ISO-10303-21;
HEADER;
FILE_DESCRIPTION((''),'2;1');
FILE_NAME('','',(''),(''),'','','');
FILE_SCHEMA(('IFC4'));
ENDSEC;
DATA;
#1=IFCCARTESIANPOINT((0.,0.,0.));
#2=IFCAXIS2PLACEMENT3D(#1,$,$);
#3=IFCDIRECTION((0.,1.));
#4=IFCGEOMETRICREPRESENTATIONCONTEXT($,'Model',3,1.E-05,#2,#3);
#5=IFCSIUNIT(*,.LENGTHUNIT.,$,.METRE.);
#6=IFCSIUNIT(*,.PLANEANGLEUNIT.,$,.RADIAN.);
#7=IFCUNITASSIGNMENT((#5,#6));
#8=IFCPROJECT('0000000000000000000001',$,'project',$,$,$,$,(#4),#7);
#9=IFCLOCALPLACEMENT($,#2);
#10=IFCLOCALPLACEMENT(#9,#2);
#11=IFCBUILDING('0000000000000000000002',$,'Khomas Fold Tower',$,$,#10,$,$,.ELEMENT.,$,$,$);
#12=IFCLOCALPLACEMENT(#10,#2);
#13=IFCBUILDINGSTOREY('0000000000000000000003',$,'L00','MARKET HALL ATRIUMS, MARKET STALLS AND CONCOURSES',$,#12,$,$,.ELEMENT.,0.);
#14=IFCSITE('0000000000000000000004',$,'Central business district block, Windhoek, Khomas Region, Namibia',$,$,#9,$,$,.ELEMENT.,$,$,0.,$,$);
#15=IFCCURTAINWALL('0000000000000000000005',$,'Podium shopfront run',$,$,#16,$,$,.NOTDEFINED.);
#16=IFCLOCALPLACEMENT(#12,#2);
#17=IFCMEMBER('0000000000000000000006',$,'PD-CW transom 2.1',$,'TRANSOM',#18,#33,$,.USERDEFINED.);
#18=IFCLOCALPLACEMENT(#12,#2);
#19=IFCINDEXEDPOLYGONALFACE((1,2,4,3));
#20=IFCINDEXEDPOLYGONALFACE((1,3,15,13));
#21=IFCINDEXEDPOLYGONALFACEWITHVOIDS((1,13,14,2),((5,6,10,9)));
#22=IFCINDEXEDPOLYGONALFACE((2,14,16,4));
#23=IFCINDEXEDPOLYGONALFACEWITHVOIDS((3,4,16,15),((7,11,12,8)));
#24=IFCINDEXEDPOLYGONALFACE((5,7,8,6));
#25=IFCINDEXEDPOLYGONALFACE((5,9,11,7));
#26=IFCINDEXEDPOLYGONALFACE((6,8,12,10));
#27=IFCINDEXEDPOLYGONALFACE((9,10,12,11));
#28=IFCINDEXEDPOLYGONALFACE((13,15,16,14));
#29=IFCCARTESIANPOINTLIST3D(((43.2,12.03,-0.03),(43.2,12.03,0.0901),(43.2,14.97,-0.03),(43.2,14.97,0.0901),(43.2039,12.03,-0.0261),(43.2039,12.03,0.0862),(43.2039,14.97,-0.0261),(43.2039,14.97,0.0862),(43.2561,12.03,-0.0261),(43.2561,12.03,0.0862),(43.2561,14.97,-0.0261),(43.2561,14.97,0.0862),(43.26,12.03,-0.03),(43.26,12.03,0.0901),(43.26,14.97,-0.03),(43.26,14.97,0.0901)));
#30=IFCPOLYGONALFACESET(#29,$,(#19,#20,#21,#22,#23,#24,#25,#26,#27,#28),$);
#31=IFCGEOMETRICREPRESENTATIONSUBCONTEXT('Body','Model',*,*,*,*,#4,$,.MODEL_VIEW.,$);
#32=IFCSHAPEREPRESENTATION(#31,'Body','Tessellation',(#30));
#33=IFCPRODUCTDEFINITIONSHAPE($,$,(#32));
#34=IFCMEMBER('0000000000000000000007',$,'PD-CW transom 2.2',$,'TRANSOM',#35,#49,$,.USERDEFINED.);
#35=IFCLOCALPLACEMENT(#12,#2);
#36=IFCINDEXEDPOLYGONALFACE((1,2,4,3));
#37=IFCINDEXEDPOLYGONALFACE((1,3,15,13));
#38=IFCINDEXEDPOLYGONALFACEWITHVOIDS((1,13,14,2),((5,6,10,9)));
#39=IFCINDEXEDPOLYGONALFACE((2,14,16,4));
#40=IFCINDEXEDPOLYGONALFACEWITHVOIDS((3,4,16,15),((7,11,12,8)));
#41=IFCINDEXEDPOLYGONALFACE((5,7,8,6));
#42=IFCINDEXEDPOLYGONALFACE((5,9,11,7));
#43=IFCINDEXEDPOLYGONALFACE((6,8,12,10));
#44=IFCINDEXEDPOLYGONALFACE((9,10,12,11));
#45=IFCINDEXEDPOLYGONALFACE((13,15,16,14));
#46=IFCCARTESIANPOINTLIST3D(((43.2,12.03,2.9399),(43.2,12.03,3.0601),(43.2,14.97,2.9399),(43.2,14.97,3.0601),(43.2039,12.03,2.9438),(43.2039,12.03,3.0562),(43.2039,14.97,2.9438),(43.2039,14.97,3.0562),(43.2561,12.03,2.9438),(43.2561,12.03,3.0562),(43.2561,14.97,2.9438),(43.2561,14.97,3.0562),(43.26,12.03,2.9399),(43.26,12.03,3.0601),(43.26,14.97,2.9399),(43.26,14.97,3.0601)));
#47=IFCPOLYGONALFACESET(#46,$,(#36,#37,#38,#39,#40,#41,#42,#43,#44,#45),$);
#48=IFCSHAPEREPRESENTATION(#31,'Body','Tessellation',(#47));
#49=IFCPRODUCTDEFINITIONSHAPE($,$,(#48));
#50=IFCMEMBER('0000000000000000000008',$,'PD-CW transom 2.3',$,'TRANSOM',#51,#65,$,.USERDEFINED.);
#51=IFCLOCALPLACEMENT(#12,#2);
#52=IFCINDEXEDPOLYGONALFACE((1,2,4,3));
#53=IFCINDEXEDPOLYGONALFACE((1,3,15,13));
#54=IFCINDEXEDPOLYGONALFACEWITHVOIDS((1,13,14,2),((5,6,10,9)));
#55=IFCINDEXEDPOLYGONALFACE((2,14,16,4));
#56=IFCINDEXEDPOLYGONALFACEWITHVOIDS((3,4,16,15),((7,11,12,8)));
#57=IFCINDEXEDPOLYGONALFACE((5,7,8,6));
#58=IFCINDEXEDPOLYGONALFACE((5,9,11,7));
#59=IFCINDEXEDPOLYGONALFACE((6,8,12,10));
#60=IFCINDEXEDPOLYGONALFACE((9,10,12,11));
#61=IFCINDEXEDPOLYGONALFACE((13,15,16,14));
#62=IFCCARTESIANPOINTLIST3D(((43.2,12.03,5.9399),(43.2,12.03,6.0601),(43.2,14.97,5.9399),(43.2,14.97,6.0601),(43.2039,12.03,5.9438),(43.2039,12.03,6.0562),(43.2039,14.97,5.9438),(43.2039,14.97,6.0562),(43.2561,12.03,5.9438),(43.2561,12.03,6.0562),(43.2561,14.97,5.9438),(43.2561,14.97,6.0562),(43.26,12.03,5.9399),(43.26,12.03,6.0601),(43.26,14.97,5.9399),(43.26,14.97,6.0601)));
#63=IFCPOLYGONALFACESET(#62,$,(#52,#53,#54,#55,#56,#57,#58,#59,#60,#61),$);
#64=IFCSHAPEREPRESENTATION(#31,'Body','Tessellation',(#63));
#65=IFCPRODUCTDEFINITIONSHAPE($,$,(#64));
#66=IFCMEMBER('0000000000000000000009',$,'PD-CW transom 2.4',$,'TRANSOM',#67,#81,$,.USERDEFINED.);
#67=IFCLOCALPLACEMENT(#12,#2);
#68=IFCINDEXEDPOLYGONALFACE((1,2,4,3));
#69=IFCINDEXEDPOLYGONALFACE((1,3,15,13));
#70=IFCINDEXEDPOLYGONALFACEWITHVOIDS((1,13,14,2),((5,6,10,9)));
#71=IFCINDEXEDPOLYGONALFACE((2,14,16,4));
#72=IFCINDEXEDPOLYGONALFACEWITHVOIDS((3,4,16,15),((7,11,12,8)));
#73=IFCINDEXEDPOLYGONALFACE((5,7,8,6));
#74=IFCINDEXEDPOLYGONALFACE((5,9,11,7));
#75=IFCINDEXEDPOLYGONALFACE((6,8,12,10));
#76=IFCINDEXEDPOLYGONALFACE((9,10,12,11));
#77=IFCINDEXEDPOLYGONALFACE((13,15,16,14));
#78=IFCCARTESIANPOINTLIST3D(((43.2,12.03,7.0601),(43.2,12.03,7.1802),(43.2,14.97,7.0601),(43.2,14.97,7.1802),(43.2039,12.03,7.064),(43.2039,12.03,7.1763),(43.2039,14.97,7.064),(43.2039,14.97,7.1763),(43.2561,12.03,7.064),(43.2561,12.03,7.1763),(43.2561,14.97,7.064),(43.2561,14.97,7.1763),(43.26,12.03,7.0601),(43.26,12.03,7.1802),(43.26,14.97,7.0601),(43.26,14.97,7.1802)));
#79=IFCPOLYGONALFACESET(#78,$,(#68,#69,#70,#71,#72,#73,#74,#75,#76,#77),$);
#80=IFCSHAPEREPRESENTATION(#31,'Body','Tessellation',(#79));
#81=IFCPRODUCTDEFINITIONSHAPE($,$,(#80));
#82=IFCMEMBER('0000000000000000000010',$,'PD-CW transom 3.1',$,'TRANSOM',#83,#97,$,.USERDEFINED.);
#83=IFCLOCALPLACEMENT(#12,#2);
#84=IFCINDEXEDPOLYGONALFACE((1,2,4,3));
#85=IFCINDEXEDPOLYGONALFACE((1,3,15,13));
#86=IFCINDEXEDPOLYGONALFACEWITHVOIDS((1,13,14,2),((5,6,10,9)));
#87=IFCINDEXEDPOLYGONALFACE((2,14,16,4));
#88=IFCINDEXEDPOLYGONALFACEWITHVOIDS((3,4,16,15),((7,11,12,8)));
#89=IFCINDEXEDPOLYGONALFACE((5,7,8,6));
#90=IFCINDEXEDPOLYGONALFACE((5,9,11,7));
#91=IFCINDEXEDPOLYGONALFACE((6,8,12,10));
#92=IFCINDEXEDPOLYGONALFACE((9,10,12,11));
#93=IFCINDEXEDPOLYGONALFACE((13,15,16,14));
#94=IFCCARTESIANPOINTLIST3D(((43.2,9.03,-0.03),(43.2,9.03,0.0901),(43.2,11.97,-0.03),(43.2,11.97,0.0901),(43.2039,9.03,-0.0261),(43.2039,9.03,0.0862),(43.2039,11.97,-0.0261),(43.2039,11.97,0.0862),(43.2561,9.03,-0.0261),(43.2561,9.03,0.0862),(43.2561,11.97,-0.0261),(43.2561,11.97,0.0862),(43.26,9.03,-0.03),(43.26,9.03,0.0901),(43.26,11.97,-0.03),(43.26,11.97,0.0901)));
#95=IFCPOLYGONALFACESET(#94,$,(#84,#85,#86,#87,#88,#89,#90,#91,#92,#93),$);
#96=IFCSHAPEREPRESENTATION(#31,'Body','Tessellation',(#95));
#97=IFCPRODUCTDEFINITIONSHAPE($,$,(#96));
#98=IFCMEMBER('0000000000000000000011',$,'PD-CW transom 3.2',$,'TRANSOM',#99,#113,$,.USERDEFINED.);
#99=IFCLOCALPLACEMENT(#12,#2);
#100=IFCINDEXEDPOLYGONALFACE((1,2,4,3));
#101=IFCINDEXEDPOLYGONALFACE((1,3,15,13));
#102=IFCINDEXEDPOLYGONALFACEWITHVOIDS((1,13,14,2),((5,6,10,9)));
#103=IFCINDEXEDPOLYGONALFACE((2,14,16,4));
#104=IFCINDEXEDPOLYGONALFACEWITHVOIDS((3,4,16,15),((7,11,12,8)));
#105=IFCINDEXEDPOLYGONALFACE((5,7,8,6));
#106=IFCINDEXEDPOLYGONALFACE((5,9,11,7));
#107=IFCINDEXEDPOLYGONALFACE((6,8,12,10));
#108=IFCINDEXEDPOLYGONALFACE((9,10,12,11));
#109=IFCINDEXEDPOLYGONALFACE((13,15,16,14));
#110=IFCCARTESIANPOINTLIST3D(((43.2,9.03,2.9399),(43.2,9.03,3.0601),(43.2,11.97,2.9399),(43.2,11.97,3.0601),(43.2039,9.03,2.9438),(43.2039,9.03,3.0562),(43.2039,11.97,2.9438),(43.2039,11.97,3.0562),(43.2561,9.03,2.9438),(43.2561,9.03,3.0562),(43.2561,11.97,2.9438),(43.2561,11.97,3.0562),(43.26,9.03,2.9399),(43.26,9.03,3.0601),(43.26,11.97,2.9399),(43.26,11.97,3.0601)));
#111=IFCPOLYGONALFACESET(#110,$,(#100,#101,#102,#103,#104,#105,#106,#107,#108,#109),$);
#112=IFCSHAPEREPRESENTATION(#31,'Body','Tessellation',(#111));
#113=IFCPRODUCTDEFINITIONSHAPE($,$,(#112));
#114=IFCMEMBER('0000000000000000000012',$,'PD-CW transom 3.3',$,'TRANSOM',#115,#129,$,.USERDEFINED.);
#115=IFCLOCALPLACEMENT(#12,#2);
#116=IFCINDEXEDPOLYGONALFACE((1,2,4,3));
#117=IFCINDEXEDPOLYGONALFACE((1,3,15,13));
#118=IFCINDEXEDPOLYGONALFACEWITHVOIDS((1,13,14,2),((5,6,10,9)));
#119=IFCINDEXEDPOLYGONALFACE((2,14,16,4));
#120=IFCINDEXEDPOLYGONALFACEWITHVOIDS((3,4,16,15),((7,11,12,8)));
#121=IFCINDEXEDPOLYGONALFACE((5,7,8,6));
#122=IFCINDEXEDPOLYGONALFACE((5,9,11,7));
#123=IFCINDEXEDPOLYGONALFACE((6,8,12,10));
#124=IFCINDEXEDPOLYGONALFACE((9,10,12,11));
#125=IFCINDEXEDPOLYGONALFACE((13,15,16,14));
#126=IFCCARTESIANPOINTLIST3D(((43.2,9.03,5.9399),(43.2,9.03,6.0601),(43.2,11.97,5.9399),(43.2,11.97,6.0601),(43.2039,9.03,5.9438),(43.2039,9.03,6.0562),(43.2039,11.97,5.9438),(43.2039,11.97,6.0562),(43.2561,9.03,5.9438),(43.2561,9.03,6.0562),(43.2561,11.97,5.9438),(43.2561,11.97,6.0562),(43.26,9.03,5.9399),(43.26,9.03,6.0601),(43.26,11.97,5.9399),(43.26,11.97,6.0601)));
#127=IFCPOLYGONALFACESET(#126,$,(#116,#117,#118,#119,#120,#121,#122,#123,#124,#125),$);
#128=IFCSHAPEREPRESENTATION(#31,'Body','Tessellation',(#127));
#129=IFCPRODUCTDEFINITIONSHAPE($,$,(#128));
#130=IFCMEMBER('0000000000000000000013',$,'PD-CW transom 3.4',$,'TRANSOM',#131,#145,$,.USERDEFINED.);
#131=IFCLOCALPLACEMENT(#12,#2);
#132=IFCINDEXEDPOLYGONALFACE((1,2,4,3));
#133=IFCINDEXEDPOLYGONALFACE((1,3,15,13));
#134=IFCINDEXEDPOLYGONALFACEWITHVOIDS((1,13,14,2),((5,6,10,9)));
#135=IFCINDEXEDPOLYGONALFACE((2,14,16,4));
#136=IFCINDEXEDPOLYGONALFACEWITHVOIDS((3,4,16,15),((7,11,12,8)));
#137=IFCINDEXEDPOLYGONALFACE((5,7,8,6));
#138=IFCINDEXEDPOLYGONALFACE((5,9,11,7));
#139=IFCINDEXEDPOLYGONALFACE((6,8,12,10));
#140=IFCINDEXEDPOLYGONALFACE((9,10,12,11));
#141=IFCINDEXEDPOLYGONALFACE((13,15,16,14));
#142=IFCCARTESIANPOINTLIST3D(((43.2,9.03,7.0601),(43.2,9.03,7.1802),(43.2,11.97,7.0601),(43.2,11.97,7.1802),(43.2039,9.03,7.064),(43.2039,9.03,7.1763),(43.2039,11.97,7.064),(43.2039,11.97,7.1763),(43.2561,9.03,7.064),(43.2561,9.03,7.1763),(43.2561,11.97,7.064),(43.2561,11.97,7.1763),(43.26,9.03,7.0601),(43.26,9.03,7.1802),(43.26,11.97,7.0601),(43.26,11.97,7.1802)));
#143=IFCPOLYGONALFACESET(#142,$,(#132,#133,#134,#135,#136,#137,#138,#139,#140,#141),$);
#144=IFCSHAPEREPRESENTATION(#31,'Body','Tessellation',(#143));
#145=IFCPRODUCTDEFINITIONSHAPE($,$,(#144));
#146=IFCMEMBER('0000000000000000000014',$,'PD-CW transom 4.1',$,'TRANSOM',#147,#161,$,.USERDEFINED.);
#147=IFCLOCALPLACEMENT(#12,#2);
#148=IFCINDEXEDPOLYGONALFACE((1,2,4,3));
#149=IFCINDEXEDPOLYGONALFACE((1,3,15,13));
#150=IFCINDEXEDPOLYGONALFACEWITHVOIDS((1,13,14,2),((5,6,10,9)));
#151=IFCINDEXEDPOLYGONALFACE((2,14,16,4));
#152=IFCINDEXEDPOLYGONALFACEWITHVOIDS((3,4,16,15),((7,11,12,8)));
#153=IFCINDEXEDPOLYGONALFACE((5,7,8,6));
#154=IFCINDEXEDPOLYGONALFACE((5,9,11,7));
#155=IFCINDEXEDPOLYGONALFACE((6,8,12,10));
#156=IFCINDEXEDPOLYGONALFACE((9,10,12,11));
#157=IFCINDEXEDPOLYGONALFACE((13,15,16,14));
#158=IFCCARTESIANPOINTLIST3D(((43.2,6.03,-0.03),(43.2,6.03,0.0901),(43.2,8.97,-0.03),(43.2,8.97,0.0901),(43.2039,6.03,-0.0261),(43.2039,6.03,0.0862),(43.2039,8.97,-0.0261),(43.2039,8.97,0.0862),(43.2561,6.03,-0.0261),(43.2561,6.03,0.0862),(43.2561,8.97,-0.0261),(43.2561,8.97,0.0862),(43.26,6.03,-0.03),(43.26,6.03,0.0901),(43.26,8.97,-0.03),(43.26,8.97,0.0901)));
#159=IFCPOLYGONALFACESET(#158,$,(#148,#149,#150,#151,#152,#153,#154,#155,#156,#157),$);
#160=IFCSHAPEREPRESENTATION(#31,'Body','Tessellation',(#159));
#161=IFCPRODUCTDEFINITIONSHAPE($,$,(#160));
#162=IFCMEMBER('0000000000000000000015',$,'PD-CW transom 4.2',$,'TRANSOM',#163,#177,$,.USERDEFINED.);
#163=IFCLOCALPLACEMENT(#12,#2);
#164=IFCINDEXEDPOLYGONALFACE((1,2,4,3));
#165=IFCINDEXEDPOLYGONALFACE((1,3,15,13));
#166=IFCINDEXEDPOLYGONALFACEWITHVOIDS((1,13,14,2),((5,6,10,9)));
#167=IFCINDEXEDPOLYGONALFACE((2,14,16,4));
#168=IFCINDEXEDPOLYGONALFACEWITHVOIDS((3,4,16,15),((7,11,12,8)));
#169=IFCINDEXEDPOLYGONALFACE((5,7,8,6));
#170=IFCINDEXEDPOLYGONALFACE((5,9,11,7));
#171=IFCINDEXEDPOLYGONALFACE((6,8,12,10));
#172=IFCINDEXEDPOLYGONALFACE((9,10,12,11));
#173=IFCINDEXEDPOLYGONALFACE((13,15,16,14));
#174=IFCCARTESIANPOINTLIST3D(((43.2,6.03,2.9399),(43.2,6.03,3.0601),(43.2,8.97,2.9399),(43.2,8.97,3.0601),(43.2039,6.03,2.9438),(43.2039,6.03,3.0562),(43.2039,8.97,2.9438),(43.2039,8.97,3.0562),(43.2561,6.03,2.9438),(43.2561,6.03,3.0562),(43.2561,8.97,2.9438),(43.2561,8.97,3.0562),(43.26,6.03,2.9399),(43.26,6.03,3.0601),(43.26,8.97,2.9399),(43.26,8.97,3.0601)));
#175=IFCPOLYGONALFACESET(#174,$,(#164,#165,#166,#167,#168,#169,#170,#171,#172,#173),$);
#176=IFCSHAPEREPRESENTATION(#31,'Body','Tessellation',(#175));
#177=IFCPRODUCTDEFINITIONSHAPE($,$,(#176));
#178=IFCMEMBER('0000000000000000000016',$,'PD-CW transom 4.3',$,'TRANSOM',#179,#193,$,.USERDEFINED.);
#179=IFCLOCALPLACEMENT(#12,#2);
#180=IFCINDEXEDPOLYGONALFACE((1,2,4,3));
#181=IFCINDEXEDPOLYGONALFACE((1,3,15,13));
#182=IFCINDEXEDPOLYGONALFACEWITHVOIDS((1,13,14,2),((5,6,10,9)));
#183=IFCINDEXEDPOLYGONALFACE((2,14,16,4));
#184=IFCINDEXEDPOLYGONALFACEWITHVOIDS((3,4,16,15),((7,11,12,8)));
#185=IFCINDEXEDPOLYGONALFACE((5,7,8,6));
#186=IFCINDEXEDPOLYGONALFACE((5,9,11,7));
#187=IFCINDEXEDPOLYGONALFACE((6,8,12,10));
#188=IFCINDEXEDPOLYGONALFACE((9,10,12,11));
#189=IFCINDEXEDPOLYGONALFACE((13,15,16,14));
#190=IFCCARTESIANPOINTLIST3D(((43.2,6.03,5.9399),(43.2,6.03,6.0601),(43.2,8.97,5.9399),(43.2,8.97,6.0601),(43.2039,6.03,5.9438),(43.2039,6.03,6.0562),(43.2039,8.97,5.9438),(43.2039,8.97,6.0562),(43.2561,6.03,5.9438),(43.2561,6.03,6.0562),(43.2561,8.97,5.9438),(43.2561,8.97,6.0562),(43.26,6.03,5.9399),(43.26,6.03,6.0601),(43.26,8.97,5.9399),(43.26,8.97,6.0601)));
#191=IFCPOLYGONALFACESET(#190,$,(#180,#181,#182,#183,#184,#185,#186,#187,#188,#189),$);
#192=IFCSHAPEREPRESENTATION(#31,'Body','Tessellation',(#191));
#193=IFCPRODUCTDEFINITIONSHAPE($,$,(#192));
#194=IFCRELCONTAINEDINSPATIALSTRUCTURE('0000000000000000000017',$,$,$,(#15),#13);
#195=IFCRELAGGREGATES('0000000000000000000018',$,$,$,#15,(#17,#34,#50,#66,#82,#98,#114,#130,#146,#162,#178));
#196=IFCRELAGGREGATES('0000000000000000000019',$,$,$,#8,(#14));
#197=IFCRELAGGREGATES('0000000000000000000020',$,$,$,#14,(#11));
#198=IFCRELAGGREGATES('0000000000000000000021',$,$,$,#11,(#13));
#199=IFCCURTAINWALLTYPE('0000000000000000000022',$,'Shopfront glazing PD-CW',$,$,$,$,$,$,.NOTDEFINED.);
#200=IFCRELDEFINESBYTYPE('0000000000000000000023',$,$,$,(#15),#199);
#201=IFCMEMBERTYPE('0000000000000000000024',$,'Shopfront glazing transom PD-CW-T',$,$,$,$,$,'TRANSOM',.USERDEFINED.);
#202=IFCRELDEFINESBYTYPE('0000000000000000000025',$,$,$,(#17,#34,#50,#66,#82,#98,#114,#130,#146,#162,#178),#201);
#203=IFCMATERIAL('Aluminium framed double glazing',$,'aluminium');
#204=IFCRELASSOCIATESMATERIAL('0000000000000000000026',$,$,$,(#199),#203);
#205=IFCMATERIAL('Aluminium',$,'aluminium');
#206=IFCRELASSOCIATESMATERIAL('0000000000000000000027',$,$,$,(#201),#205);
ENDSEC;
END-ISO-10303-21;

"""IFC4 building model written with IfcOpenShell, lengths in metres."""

from ifc_helpers import new_model, si_unit, direction, frame, origin, origin_2d, place, context, subcontext, project, spatial, hollow_rectangle, extrude, source, transform, mapped, material, material_profile, profile_set, type_object, element, aggregate, save


model = new_model("IFC4")

# Units and contexts
model_context = context("Model", 3, precision=1e-05, world=origin(), true_north=direction((0.0, 1.0)))
body_context = subcontext(model_context, "Body", "Model", "MODEL_VIEW")
ifc_project = project(units=[si_unit("LENGTHUNIT", "METRE"), si_unit("PLANEANGLEUNIT", "RADIAN")], contexts=[model_context])

# Site, building, storey
site_placement = place(None, origin())
site = spatial("IfcSite", under=ifc_project, at=site_placement, Name="Central business district block, Windhoek, Khomas Region, Namibia", CompositionType="ELEMENT", RefElevation=0.0)
building_placement = place(site_placement, origin())
building = spatial("IfcBuilding", under=site, at=building_placement, Name="Khomas Fold Tower", CompositionType="ELEMENT")
storey_placement = place(building_placement, origin())
storey = spatial("IfcBuildingStorey", under=building, at=storey_placement, Name="L00", Description="MARKET HALL ATRIUMS, MARKET STALLS AND CONCOURSES", CompositionType="ELEMENT", Elevation=0.0)

# Shared definitions
ifc_material_1 = material(Name="Aluminium framed double glazing", Category="aluminium")
curtain_wall_type = type_object("IfcCurtainWallType", Name="Shopfront glazing PD-CW", PredefinedType="NOTDEFINED", material=ifc_material_1)

# Curtain wall, members
curtain_wall_1_placement = place(storey_placement, origin())
curtain_wall_1 = element("IfcCurtainWall", 1, at=curtain_wall_1_placement, inside=storey, type_object=curtain_wall_type, Name="Podium shopfront run", PredefinedType="NOTDEFINED")
ifc_material_2 = material(Name="Aluminium", Category="aluminium")
ifc_material_profile_1 = material_profile(ifc_material_2, hollow_rectangle(XDim=0.0601, YDim=0.1201, WallThickness=0.0039, at=origin_2d()), Name="Shopfront glazing transom PD-CW-T")
ifc_profile_set_1 = profile_set([ifc_material_profile_1], Name="Aluminium")
member_type_1 = type_object("IfcMemberType", Name="Shopfront glazing transom PD-CW-T", ElementType="TRANSOM", PredefinedType="USERDEFINED", material=ifc_profile_set_1)
shared_shape_1 = source(origin(), body_context, "Body", "SweptSolid", [
    extrude(hollow_rectangle(XDim=0.0601, YDim=0.1201, WallThickness=0.0039, at=origin_2d()), origin(), (0.0, 0.0, 1.0), 2.9399),
])
member_1_placement = place(storey_placement, frame((43.23, 14.97, 0.03), z_axis=(0.0, -1.0, 0.0), x_axis=(1.0, 0.0, 0.0)))
member_1 = element("IfcMember", 2, at=member_1_placement, type_object=member_type_1, Name="PD-CW transom 2.1", ObjectType="TRANSOM", PredefinedType="USERDEFINED", context=body_context, shape_type="MappedRepresentation", body=[
    mapped(shared_shape_1, transform((0.0, 0.0, 0.0))),
])
member_2_placement = place(storey_placement, frame((43.23, 14.97, 3.0), z_axis=(0.0, -1.0, 0.0), x_axis=(1.0, 0.0, 0.0)))
member_2 = element("IfcMember", 3, at=member_2_placement, type_object=member_type_1, Name="PD-CW transom 2.2", ObjectType="TRANSOM", PredefinedType="USERDEFINED", context=body_context, shape_type="MappedRepresentation", body=[
    mapped(shared_shape_1, transform((0.0, 0.0, 0.0))),
])
member_3_placement = place(storey_placement, frame((43.23, 14.97, 6.0), z_axis=(0.0, -1.0, 0.0), x_axis=(1.0, 0.0, 0.0)))
member_3 = element("IfcMember", 4, at=member_3_placement, type_object=member_type_1, Name="PD-CW transom 2.3", ObjectType="TRANSOM", PredefinedType="USERDEFINED", context=body_context, shape_type="MappedRepresentation", body=[
    mapped(shared_shape_1, transform((0.0, 0.0, 0.0))),
])
member_4_placement = place(storey_placement, frame((43.23, 14.97, 7.1201), z_axis=(0.0, -1.0, 0.0), x_axis=(1.0, 0.0, 0.0)))
member_4 = element("IfcMember", 5, at=member_4_placement, type_object=member_type_1, Name="PD-CW transom 2.4", ObjectType="TRANSOM", PredefinedType="USERDEFINED", context=body_context, shape_type="MappedRepresentation", body=[
    mapped(shared_shape_1, transform((0.0, 0.0, 0.0))),
])
member_5_placement = place(storey_placement, frame((43.23, 11.97, 0.03), z_axis=(0.0, -1.0, 0.0), x_axis=(1.0, 0.0, 0.0)))
member_5 = element("IfcMember", 6, at=member_5_placement, type_object=member_type_1, Name="PD-CW transom 3.1", ObjectType="TRANSOM", PredefinedType="USERDEFINED", context=body_context, shape_type="MappedRepresentation", body=[
    mapped(shared_shape_1, transform((0.0, 0.0, 0.0))),
])
member_6_placement = place(storey_placement, frame((43.23, 11.97, 3.0), z_axis=(0.0, -1.0, 0.0), x_axis=(1.0, 0.0, 0.0)))
member_6 = element("IfcMember", 7, at=member_6_placement, type_object=member_type_1, Name="PD-CW transom 3.2", ObjectType="TRANSOM", PredefinedType="USERDEFINED", context=body_context, shape_type="MappedRepresentation", body=[
    mapped(shared_shape_1, transform((0.0, 0.0, 0.0))),
])
member_7_placement = place(storey_placement, frame((43.23, 11.97, 6.0), z_axis=(0.0, -1.0, 0.0), x_axis=(1.0, 0.0, 0.0)))
member_7 = element("IfcMember", 8, at=member_7_placement, type_object=member_type_1, Name="PD-CW transom 3.3", ObjectType="TRANSOM", PredefinedType="USERDEFINED", context=body_context, shape_type="MappedRepresentation", body=[
    mapped(shared_shape_1, transform((0.0, 0.0, 0.0))),
])
member_8_placement = place(storey_placement, frame((43.23, 11.97, 7.1201), z_axis=(0.0, -1.0, 0.0), x_axis=(1.0, 0.0, 0.0)))
member_8 = element("IfcMember", 9, at=member_8_placement, type_object=member_type_1, Name="PD-CW transom 3.4", ObjectType="TRANSOM", PredefinedType="USERDEFINED", context=body_context, shape_type="MappedRepresentation", body=[
    mapped(shared_shape_1, transform((0.0, 0.0, 0.0))),
])
member_9_placement = place(storey_placement, frame((43.23, 8.97, 0.03), z_axis=(0.0, -1.0, 0.0), x_axis=(1.0, 0.0, 0.0)))
member_9 = element("IfcMember", 10, at=member_9_placement, type_object=member_type_1, Name="PD-CW transom 4.1", ObjectType="TRANSOM", PredefinedType="USERDEFINED", context=body_context, shape_type="MappedRepresentation", body=[
    mapped(shared_shape_1, transform((0.0, 0.0, 0.0))),
])
member_10_placement = place(storey_placement, frame((43.23, 8.97, 3.0), z_axis=(0.0, -1.0, 0.0), x_axis=(1.0, 0.0, 0.0)))
member_10 = element("IfcMember", 11, at=member_10_placement, type_object=member_type_1, Name="PD-CW transom 4.2", ObjectType="TRANSOM", PredefinedType="USERDEFINED", context=body_context, shape_type="MappedRepresentation", body=[
    mapped(shared_shape_1, transform((0.0, 0.0, 0.0))),
])
member_11_placement = place(storey_placement, frame((43.23, 8.97, 6.0), z_axis=(0.0, -1.0, 0.0), x_axis=(1.0, 0.0, 0.0)))
member_11 = element("IfcMember", 12, at=member_11_placement, type_object=member_type_1, Name="PD-CW transom 4.3", ObjectType="TRANSOM", PredefinedType="USERDEFINED", context=body_context, shape_type="MappedRepresentation", body=[
    mapped(shared_shape_1, transform((0.0, 0.0, 0.0))),
])

aggregate(curtain_wall_1, [member_1, member_2, member_3, member_4, member_5, member_6, member_7, member_8, member_9, member_10, member_11])

save(model, "model.ifc")
